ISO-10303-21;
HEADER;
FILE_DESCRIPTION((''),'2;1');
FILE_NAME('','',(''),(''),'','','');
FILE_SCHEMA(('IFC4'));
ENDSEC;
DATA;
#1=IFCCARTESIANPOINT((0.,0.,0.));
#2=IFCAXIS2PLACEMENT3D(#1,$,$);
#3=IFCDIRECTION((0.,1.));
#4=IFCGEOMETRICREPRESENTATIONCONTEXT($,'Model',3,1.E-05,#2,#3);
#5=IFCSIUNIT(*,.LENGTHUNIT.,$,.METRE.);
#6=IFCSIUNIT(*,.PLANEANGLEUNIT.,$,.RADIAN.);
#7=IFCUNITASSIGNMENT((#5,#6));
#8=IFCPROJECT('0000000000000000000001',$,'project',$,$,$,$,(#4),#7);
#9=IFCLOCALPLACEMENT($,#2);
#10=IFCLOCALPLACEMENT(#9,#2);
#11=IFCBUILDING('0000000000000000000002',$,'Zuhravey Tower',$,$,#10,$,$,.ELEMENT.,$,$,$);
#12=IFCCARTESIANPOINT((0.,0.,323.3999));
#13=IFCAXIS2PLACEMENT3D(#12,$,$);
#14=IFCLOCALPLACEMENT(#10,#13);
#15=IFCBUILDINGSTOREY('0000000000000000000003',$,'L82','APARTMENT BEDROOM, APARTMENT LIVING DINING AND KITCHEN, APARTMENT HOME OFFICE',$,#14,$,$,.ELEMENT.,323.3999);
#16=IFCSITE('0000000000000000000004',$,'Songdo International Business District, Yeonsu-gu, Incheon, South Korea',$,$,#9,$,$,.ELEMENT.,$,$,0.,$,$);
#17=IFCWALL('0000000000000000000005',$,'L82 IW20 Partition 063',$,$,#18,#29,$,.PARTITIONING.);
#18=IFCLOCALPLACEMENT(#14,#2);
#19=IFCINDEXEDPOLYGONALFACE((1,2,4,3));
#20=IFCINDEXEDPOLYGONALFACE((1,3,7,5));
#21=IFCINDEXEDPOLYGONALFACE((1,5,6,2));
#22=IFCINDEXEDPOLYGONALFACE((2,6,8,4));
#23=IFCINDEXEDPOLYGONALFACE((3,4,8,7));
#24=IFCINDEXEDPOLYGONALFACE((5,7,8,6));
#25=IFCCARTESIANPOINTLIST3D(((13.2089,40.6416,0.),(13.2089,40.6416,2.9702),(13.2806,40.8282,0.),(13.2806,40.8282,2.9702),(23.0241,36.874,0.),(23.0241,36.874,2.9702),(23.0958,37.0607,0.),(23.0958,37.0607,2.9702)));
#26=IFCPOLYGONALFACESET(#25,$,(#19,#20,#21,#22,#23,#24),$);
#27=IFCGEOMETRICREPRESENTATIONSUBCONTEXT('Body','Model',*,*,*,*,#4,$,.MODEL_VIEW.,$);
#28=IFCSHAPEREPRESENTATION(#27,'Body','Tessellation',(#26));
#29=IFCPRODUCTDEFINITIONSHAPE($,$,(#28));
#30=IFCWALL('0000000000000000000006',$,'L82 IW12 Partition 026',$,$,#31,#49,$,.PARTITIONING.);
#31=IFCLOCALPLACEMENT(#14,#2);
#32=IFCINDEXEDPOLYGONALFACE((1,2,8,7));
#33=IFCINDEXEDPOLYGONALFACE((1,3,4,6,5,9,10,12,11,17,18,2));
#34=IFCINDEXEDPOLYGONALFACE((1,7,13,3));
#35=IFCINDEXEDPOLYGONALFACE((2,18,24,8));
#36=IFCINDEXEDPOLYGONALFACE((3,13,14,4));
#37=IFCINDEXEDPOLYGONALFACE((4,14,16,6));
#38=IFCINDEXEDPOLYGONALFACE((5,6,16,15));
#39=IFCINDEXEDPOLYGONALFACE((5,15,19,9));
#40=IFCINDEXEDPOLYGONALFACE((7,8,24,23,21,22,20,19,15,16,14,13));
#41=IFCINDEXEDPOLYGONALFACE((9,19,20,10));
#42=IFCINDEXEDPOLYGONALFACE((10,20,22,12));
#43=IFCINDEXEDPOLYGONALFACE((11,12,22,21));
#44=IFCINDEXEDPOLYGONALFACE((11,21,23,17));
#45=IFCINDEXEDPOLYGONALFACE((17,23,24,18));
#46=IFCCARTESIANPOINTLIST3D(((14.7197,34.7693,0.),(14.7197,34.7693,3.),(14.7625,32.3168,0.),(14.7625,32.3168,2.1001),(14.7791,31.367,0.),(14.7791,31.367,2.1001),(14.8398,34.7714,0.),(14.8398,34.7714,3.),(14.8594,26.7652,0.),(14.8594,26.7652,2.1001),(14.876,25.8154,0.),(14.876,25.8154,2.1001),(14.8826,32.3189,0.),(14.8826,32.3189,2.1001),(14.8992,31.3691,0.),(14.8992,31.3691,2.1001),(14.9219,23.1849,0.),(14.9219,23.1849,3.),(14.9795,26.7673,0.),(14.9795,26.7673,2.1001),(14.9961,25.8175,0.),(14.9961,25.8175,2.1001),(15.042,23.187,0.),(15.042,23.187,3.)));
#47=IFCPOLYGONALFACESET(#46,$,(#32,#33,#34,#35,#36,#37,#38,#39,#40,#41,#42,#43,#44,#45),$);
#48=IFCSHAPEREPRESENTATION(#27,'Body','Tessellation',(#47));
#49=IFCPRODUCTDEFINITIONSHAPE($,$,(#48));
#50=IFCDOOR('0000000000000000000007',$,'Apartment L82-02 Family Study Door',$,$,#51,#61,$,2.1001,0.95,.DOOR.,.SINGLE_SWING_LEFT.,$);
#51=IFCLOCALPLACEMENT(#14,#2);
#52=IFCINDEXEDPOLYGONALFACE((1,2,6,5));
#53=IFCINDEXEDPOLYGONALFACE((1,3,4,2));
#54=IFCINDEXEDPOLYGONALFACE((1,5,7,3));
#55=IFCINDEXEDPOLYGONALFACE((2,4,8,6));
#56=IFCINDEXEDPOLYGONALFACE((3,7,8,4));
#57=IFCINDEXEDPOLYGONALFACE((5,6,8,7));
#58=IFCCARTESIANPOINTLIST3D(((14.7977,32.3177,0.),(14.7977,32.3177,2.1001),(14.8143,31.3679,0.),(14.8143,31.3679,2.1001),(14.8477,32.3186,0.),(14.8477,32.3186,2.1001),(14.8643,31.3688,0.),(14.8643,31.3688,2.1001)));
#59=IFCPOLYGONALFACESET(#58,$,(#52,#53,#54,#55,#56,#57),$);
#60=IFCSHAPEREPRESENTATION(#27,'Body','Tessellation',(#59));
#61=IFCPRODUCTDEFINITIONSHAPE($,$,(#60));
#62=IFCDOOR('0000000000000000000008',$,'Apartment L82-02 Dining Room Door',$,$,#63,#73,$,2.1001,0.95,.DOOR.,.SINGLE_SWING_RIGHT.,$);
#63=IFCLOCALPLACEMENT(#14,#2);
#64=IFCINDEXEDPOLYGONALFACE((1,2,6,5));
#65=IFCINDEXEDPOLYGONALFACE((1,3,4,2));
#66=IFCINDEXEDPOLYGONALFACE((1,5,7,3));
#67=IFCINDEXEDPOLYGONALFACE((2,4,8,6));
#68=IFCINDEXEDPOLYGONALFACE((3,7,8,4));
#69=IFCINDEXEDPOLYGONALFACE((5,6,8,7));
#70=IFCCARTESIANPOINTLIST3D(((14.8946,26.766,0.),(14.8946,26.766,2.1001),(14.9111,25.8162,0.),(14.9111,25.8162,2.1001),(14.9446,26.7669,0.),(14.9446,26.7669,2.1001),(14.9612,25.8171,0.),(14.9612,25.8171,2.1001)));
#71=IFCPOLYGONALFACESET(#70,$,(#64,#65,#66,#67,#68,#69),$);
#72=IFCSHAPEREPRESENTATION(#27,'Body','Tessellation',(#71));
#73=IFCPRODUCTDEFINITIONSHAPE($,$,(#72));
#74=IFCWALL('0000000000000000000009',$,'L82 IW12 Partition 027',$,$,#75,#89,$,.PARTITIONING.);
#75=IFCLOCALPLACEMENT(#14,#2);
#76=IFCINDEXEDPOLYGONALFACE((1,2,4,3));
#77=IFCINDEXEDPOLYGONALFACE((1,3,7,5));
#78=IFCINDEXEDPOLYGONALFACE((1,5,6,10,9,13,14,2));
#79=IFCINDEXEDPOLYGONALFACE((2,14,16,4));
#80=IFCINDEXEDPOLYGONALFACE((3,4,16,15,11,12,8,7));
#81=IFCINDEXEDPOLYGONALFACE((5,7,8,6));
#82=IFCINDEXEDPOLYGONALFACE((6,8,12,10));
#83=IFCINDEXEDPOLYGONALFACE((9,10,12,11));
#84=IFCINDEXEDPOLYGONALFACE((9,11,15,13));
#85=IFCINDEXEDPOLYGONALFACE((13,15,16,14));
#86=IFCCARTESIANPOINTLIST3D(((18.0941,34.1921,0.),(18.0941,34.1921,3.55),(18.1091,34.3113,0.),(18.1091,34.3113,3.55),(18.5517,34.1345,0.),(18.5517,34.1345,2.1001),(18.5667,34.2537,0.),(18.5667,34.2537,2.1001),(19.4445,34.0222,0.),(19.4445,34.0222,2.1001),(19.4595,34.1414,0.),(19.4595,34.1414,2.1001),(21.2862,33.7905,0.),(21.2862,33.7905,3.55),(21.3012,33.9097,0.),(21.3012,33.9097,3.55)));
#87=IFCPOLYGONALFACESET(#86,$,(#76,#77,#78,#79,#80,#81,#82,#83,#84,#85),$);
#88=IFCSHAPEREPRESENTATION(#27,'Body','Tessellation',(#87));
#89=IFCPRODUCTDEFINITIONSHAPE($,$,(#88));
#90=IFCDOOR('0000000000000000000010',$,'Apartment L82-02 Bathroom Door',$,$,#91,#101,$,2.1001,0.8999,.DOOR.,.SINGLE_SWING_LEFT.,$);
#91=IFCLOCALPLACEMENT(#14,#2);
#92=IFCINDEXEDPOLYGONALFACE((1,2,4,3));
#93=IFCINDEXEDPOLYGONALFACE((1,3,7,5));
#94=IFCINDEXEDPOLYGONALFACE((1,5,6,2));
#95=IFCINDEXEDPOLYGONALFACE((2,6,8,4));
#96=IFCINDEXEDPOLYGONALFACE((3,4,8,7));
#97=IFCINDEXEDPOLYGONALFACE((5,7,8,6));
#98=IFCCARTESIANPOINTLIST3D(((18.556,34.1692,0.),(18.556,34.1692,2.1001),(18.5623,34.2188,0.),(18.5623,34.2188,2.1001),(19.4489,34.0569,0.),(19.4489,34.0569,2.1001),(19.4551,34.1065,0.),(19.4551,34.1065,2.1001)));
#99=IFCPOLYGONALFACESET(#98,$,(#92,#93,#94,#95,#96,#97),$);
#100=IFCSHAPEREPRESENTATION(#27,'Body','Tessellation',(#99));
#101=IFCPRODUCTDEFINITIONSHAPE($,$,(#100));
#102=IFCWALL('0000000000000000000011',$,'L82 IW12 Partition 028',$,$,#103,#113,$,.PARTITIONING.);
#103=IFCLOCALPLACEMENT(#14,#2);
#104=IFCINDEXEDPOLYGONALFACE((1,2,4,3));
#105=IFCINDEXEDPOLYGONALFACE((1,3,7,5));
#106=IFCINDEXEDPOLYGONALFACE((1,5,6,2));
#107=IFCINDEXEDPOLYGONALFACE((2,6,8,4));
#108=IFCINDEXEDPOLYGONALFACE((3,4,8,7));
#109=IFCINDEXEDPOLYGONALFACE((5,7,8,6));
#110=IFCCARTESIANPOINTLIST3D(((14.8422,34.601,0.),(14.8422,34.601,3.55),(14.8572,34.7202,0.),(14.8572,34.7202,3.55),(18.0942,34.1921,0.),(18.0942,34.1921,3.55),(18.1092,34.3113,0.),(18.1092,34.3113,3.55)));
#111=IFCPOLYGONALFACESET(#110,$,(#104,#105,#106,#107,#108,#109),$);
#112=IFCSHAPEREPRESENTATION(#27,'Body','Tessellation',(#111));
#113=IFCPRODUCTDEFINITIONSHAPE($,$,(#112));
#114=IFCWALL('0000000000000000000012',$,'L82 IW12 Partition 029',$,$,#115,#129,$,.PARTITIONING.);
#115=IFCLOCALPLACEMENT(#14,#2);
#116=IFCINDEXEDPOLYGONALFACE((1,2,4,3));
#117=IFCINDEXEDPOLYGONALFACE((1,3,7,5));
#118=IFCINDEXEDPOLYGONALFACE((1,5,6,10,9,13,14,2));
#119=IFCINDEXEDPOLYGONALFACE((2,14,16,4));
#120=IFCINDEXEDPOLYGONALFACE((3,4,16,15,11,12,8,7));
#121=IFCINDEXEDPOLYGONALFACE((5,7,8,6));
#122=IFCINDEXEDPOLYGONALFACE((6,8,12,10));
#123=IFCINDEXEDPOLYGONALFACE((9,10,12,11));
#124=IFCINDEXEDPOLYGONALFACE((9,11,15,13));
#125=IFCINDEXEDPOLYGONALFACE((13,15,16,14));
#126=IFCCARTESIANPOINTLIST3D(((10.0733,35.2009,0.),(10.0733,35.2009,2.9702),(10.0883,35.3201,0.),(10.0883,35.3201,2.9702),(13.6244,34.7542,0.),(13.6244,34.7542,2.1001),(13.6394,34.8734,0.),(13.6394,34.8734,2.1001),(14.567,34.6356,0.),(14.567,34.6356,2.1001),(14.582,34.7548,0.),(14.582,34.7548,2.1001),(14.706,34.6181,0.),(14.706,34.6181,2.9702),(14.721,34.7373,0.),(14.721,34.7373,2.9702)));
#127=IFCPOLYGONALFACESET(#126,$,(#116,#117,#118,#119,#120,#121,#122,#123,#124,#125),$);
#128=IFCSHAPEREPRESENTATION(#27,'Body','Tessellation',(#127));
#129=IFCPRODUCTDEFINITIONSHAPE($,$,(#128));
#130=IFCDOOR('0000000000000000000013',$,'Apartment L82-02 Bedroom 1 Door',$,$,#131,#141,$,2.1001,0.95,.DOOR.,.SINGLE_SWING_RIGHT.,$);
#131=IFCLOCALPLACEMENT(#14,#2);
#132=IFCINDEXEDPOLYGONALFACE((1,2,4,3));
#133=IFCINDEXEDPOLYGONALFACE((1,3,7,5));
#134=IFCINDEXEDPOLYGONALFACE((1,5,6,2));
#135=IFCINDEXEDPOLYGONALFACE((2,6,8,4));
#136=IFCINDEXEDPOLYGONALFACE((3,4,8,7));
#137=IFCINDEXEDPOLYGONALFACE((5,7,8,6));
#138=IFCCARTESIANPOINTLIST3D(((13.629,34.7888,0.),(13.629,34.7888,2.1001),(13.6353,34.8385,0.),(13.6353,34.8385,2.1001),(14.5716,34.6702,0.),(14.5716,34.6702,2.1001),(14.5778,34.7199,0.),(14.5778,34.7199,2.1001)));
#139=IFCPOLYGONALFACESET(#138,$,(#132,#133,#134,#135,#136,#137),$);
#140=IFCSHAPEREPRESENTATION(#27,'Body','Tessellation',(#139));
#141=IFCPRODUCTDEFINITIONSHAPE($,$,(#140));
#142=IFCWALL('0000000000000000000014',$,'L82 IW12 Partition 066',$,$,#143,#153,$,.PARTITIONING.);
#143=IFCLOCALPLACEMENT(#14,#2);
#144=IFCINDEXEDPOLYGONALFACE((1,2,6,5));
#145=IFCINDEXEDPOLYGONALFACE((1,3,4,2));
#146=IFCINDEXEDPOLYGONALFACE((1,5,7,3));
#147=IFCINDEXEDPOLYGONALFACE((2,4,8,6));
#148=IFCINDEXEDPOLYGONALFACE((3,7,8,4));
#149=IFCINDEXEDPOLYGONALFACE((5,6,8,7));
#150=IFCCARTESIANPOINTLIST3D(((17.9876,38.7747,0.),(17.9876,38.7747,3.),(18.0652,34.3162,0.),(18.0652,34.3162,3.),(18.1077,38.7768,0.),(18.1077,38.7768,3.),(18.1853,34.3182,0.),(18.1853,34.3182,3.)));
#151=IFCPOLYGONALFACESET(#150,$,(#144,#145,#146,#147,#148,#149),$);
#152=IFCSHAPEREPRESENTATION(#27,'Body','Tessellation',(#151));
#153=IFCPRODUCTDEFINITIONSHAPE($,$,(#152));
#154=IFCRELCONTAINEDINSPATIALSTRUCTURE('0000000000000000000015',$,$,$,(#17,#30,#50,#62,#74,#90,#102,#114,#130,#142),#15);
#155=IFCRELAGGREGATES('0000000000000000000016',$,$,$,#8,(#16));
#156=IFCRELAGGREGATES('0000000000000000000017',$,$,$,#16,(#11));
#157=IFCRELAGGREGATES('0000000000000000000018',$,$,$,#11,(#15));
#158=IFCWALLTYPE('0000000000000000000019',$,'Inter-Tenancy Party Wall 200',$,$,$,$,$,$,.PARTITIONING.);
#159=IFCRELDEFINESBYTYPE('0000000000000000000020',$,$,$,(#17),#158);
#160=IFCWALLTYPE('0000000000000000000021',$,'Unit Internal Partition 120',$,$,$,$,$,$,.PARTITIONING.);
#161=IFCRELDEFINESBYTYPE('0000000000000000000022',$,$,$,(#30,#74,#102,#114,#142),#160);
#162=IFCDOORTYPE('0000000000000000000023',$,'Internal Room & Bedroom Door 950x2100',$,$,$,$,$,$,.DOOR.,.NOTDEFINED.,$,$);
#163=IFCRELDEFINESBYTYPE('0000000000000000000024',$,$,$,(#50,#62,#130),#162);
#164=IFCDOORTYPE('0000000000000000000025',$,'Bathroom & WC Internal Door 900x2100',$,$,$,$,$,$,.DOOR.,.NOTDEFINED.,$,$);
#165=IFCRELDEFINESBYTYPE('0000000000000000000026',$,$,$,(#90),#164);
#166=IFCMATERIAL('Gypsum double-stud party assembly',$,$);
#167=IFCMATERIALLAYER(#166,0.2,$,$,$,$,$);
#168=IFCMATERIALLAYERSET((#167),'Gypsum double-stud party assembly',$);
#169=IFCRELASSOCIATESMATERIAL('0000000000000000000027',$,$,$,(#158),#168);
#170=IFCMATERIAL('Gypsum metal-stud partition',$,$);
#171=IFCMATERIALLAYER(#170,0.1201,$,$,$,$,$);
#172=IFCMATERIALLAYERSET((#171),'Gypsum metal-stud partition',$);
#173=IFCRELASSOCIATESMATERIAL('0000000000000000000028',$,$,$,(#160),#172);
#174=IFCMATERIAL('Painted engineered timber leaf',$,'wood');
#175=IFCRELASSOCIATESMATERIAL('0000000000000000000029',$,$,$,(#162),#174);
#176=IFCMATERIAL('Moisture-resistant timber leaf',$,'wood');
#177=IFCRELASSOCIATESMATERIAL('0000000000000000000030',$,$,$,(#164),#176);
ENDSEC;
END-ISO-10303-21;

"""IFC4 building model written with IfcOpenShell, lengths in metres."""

from ifc_helpers import new_model, si_unit, direction, frame, frame_2d, origin, place, context, subcontext, project, spatial, rectangle, extrude, material, layer, layer_set, type_object, element, fill, save


model = new_model("IFC4")

# Units and contexts
model_context = context("Model", 3, precision=1e-05, world=origin(), true_north=direction((0.0, 1.0)))
body_context = subcontext(model_context, "Body", "Model", "MODEL_VIEW")
ifc_project = project(units=[si_unit("LENGTHUNIT", "METRE"), si_unit("PLANEANGLEUNIT", "RADIAN")], contexts=[model_context])

# Site, building, storey
site_placement = place(None, origin())
site = spatial("IfcSite", under=ifc_project, at=site_placement, Name="Songdo International Business District, Yeonsu-gu, Incheon, South Korea", CompositionType="ELEMENT", RefElevation=0.0)
building_placement = place(site_placement, origin())
building = spatial("IfcBuilding", under=site, at=building_placement, Name="Zuhravey Tower", CompositionType="ELEMENT")
storey_placement = place(building_placement, frame((0.0, 0.0, 323.3999)))
storey = spatial("IfcBuildingStorey", under=building, at=storey_placement, Name="L82", Description="APARTMENT BEDROOM, APARTMENT LIVING DINING AND KITCHEN, APARTMENT HOME OFFICE", CompositionType="ELEMENT", Elevation=323.3999)

# Wall
ifc_material_1 = material(Name="Gypsum double-stud party assembly")
ifc_layer_1 = layer(ifc_material_1, 0.2)
ifc_layer_set_1 = layer_set([ifc_layer_1], Name="Gypsum double-stud party assembly")
wall_type_1 = type_object("IfcWallType", Name="Inter-Tenancy Party Wall 200", PredefinedType="PARTITIONING", material=ifc_layer_set_1)
wall_1_placement = place(storey_placement, frame((23.0601, 36.9673, 0.0), z_axis=(0.0, 0.0, 1.0), x_axis=(-0.933584, 0.358358, 0.0)))
element("IfcWall", 1, at=wall_1_placement, inside=storey, type_object=wall_type_1, Name="L82 IW20 Partition 063", PredefinedType="PARTITIONING", context=body_context, shape_type="SweptSolid", body=[
    extrude(rectangle(XDim=10.5134, YDim=0.2, at=frame_2d((5.2568, 0.0))), origin(), (0.0, 0.0, 1.0), 2.9702),
])

# Wall, openings, doors
ifc_material_2 = material(Name="Gypsum metal-stud partition")
ifc_layer_2 = layer(ifc_material_2, 0.1201)
ifc_layer_set_2 = layer_set([ifc_layer_2], Name="Gypsum metal-stud partition")
wall_type_2 = type_object("IfcWallType", Name="Unit Internal Partition 120", PredefinedType="PARTITIONING", material=ifc_layer_set_2)
wall_2_placement = place(storey_placement, frame((14.7798, 34.7703, 0.0), z_axis=(0.0, 0.0, 1.0), x_axis=(0.017447, -0.999848, 0.0)))
wall_2 = element("IfcWall", 2, at=wall_2_placement, inside=storey, type_object=wall_type_2, Name="L82 IW12 Partition 026", PredefinedType="PARTITIONING", context=body_context, shape_type="SweptSolid", body=[
    extrude(rectangle(XDim=11.5862, YDim=0.1201, at=frame_2d((5.793, 0.0))), origin(), (0.0, 0.0, 1.0), 3.0),
])
opening_1_placement = place(wall_2_placement, frame((2.4526, 0.0, 0.0)))
opening_1 = element("IfcOpeningElement", 3, at=opening_1_placement, cuts=wall_2, PredefinedType="OPENING", context=body_context, shape_type="SweptSolid", body=[
    extrude(rectangle(XDim=0.95, YDim=2.1001, at=frame_2d((0.4751, 1.05))), frame((0.0, 0.072, 0.0), z_axis=(0.0, -1.0, 0.0), x_axis=(1.0, 0.0, 0.0)), (0.0, 0.0, 1.0), 0.144),
])
opening_2_placement = place(wall_2_placement, frame((8.0051, 0.0, 0.0)))
opening_2 = element("IfcOpeningElement", 4, at=opening_2_placement, cuts=wall_2, PredefinedType="OPENING", context=body_context, shape_type="SweptSolid", body=[
    extrude(rectangle(XDim=0.95, YDim=2.1001, at=frame_2d((0.4751, 1.05))), frame((0.0, 0.072, 0.0), z_axis=(0.0, -1.0, 0.0), x_axis=(1.0, 0.0, 0.0)), (0.0, 0.0, 1.0), 0.144),
])
ifc_material_3 = material(Name="Painted engineered timber leaf", Category="wood")
door_type_1 = type_object("IfcDoorType", Name="Internal Room & Bedroom Door 950x2100", OperationType="NOTDEFINED", PredefinedType="DOOR", material=ifc_material_3)
door_1_placement = place(opening_1_placement, frame((0.95, 0.0, 0.0), z_axis=(0.0, 0.0, 1.0), x_axis=(-1.0, 0.0, 0.0)))
door_1 = element("IfcDoor", 5, at=door_1_placement, inside=storey, type_object=door_type_1, Name="Apartment L82-02 Family Study Door", OperationType="SINGLE_SWING_LEFT", OverallHeight=2.1001, OverallWidth=0.95, PredefinedType="DOOR", context=body_context, shape_type="SweptSolid", body=[
    extrude(rectangle(XDim=0.95, YDim=2.1001, at=frame_2d((0.4751, 1.05))), frame((0.0, 0.0249, 0.0), z_axis=(0.0, -1.0, 0.0), x_axis=(1.0, 0.0, 0.0)), (0.0, 0.0, 1.0), 0.05),
])
fill(opening_1, door_1)
door_2_placement = place(opening_2_placement, frame((0.95, 0.0, 0.0), z_axis=(0.0, 0.0, 1.0), x_axis=(-1.0, 0.0, 0.0)))
door_2 = element("IfcDoor", 6, at=door_2_placement, inside=storey, type_object=door_type_1, Name="Apartment L82-02 Dining Room Door", OperationType="SINGLE_SWING_RIGHT", OverallHeight=2.1001, OverallWidth=0.95, PredefinedType="DOOR", context=body_context, shape_type="SweptSolid", body=[
    extrude(rectangle(XDim=0.95, YDim=2.1001, at=frame_2d((0.4751, 1.05))), frame((0.0, 0.0249, 0.0), z_axis=(0.0, -1.0, 0.0), x_axis=(1.0, 0.0, 0.0)), (0.0, 0.0, 1.0), 0.05),
])
fill(opening_2, door_2)

# Wall, opening, door
wall_3_placement = place(storey_placement, frame((21.2937, 33.8501, 0.0), z_axis=(0.0, 0.0, 1.0), x_axis=(-0.992178, 0.124829, 0.0)))
wall_3 = element("IfcWall", 7, at=wall_3_placement, inside=storey, type_object=wall_type_2, Name="L82 IW12 Partition 027", PredefinedType="PARTITIONING", context=body_context, shape_type="SweptSolid", body=[
    extrude(rectangle(XDim=3.2173, YDim=0.1201, at=frame_2d((1.6086, 0.0))), origin(), (0.0, 0.0, 1.0), 3.55),
])
opening_3_placement = place(wall_3_placement, frame((1.8562, 0.0, 0.0)))
opening_3 = element("IfcOpeningElement", 8, at=opening_3_placement, cuts=wall_3, PredefinedType="OPENING", context=body_context, shape_type="SweptSolid", body=[
    extrude(rectangle(XDim=0.8999, YDim=2.1001, at=frame_2d((0.45, 1.05))), frame((0.0, 0.072, 0.0), z_axis=(0.0, -1.0, 0.0), x_axis=(1.0, 0.0, 0.0)), (0.0, 0.0, 1.0), 0.144),
])
ifc_material_4 = material(Name="Moisture-resistant timber leaf", Category="wood")
door_type_2 = type_object("IfcDoorType", Name="Bathroom & WC Internal Door 900x2100", OperationType="NOTDEFINED", PredefinedType="DOOR", material=ifc_material_4)
door_3_placement = place(opening_3_placement, frame((0.8999, 0.0, 0.0), z_axis=(0.0, 0.0, 1.0), x_axis=(-1.0, 0.0, 0.0)))
door_3 = element("IfcDoor", 9, at=door_3_placement, inside=storey, type_object=door_type_2, Name="Apartment L82-02 Bathroom Door", OperationType="SINGLE_SWING_LEFT", OverallHeight=2.1001, OverallWidth=0.8999, PredefinedType="DOOR", context=body_context, shape_type="SweptSolid", body=[
    extrude(rectangle(XDim=0.8999, YDim=2.1001, at=frame_2d((0.45, 1.05))), frame((0.0, 0.0249, 0.0), z_axis=(0.0, -1.0, 0.0), x_axis=(1.0, 0.0, 0.0)), (0.0, 0.0, 1.0), 0.05),
])
fill(opening_3, door_3)

# Wall
wall_4_placement = place(storey_placement, frame((18.1016, 34.2517, 0.0), z_axis=(0.0, 0.0, 1.0), x_axis=(-0.992186, 0.124768, 0.0)))
element("IfcWall", 10, at=wall_4_placement, inside=storey, type_object=wall_type_2, Name="L82 IW12 Partition 028", PredefinedType="PARTITIONING", context=body_context, shape_type="SweptSolid", body=[
    extrude(rectangle(XDim=3.2776, YDim=0.1201, at=frame_2d((1.6387, 0.0))), origin(), (0.0, 0.0, 1.0), 3.55),
])

# Wall, opening, door
wall_5_placement = place(storey_placement, frame((14.7134, 34.6777, 0.0), z_axis=(0.0, 0.0, 1.0), x_axis=(-0.99218, 0.124813, 0.0)))
wall_5 = element("IfcWall", 11, at=wall_5_placement, inside=storey, type_object=wall_type_2, Name="L82 IW12 Partition 029", PredefinedType="PARTITIONING", context=body_context, shape_type="SweptSolid", body=[
    extrude(rectangle(XDim=4.6692, YDim=0.1201, at=frame_2d((2.3345, 0.0))), origin(), (0.0, 0.0, 1.0), 2.9702),
])
opening_4_placement = place(wall_5_placement, frame((0.1399, 0.0, 0.0)))
opening_4 = element("IfcOpeningElement", 12, at=opening_4_placement, cuts=wall_5, PredefinedType="OPENING", context=body_context, shape_type="SweptSolid", body=[
    extrude(rectangle(XDim=0.95, YDim=2.1001, at=frame_2d((0.4751, 1.05))), frame((0.0, 0.072, 0.0), z_axis=(0.0, -1.0, 0.0), x_axis=(1.0, 0.0, 0.0)), (0.0, 0.0, 1.0), 0.144),
])
door_4_placement = place(opening_4_placement, frame((0.95, 0.0, 0.0), z_axis=(0.0, 0.0, 1.0), x_axis=(-1.0, 0.0, 0.0)))
door_4 = element("IfcDoor", 13, at=door_4_placement, inside=storey, type_object=door_type_1, Name="Apartment L82-02 Bedroom 1 Door", OperationType="SINGLE_SWING_RIGHT", OverallHeight=2.1001, OverallWidth=0.95, PredefinedType="DOOR", context=body_context, shape_type="SweptSolid", body=[
    extrude(rectangle(XDim=0.95, YDim=2.1001, at=frame_2d((0.4751, 1.05))), frame((0.0, 0.0249, 0.0), z_axis=(0.0, -1.0, 0.0), x_axis=(1.0, 0.0, 0.0)), (0.0, 0.0, 1.0), 0.05),
])
fill(opening_4, door_4)

# Wall
wall_6_placement = place(storey_placement, frame((18.0476, 38.7756, 0.0), z_axis=(0.0, 0.0, 1.0), x_axis=(0.017411, -0.999848, 0.0)))
element("IfcWall", 14, at=wall_6_placement, inside=storey, type_object=wall_type_2, Name="L82 IW12 Partition 066", PredefinedType="PARTITIONING", context=body_context, shape_type="SweptSolid", body=[
    extrude(rectangle(XDim=4.4592, YDim=0.1201, at=frame_2d((2.2295, 0.0))), origin(), (0.0, 0.0, 1.0), 3.0),
])

save(model, "model.ifc")
